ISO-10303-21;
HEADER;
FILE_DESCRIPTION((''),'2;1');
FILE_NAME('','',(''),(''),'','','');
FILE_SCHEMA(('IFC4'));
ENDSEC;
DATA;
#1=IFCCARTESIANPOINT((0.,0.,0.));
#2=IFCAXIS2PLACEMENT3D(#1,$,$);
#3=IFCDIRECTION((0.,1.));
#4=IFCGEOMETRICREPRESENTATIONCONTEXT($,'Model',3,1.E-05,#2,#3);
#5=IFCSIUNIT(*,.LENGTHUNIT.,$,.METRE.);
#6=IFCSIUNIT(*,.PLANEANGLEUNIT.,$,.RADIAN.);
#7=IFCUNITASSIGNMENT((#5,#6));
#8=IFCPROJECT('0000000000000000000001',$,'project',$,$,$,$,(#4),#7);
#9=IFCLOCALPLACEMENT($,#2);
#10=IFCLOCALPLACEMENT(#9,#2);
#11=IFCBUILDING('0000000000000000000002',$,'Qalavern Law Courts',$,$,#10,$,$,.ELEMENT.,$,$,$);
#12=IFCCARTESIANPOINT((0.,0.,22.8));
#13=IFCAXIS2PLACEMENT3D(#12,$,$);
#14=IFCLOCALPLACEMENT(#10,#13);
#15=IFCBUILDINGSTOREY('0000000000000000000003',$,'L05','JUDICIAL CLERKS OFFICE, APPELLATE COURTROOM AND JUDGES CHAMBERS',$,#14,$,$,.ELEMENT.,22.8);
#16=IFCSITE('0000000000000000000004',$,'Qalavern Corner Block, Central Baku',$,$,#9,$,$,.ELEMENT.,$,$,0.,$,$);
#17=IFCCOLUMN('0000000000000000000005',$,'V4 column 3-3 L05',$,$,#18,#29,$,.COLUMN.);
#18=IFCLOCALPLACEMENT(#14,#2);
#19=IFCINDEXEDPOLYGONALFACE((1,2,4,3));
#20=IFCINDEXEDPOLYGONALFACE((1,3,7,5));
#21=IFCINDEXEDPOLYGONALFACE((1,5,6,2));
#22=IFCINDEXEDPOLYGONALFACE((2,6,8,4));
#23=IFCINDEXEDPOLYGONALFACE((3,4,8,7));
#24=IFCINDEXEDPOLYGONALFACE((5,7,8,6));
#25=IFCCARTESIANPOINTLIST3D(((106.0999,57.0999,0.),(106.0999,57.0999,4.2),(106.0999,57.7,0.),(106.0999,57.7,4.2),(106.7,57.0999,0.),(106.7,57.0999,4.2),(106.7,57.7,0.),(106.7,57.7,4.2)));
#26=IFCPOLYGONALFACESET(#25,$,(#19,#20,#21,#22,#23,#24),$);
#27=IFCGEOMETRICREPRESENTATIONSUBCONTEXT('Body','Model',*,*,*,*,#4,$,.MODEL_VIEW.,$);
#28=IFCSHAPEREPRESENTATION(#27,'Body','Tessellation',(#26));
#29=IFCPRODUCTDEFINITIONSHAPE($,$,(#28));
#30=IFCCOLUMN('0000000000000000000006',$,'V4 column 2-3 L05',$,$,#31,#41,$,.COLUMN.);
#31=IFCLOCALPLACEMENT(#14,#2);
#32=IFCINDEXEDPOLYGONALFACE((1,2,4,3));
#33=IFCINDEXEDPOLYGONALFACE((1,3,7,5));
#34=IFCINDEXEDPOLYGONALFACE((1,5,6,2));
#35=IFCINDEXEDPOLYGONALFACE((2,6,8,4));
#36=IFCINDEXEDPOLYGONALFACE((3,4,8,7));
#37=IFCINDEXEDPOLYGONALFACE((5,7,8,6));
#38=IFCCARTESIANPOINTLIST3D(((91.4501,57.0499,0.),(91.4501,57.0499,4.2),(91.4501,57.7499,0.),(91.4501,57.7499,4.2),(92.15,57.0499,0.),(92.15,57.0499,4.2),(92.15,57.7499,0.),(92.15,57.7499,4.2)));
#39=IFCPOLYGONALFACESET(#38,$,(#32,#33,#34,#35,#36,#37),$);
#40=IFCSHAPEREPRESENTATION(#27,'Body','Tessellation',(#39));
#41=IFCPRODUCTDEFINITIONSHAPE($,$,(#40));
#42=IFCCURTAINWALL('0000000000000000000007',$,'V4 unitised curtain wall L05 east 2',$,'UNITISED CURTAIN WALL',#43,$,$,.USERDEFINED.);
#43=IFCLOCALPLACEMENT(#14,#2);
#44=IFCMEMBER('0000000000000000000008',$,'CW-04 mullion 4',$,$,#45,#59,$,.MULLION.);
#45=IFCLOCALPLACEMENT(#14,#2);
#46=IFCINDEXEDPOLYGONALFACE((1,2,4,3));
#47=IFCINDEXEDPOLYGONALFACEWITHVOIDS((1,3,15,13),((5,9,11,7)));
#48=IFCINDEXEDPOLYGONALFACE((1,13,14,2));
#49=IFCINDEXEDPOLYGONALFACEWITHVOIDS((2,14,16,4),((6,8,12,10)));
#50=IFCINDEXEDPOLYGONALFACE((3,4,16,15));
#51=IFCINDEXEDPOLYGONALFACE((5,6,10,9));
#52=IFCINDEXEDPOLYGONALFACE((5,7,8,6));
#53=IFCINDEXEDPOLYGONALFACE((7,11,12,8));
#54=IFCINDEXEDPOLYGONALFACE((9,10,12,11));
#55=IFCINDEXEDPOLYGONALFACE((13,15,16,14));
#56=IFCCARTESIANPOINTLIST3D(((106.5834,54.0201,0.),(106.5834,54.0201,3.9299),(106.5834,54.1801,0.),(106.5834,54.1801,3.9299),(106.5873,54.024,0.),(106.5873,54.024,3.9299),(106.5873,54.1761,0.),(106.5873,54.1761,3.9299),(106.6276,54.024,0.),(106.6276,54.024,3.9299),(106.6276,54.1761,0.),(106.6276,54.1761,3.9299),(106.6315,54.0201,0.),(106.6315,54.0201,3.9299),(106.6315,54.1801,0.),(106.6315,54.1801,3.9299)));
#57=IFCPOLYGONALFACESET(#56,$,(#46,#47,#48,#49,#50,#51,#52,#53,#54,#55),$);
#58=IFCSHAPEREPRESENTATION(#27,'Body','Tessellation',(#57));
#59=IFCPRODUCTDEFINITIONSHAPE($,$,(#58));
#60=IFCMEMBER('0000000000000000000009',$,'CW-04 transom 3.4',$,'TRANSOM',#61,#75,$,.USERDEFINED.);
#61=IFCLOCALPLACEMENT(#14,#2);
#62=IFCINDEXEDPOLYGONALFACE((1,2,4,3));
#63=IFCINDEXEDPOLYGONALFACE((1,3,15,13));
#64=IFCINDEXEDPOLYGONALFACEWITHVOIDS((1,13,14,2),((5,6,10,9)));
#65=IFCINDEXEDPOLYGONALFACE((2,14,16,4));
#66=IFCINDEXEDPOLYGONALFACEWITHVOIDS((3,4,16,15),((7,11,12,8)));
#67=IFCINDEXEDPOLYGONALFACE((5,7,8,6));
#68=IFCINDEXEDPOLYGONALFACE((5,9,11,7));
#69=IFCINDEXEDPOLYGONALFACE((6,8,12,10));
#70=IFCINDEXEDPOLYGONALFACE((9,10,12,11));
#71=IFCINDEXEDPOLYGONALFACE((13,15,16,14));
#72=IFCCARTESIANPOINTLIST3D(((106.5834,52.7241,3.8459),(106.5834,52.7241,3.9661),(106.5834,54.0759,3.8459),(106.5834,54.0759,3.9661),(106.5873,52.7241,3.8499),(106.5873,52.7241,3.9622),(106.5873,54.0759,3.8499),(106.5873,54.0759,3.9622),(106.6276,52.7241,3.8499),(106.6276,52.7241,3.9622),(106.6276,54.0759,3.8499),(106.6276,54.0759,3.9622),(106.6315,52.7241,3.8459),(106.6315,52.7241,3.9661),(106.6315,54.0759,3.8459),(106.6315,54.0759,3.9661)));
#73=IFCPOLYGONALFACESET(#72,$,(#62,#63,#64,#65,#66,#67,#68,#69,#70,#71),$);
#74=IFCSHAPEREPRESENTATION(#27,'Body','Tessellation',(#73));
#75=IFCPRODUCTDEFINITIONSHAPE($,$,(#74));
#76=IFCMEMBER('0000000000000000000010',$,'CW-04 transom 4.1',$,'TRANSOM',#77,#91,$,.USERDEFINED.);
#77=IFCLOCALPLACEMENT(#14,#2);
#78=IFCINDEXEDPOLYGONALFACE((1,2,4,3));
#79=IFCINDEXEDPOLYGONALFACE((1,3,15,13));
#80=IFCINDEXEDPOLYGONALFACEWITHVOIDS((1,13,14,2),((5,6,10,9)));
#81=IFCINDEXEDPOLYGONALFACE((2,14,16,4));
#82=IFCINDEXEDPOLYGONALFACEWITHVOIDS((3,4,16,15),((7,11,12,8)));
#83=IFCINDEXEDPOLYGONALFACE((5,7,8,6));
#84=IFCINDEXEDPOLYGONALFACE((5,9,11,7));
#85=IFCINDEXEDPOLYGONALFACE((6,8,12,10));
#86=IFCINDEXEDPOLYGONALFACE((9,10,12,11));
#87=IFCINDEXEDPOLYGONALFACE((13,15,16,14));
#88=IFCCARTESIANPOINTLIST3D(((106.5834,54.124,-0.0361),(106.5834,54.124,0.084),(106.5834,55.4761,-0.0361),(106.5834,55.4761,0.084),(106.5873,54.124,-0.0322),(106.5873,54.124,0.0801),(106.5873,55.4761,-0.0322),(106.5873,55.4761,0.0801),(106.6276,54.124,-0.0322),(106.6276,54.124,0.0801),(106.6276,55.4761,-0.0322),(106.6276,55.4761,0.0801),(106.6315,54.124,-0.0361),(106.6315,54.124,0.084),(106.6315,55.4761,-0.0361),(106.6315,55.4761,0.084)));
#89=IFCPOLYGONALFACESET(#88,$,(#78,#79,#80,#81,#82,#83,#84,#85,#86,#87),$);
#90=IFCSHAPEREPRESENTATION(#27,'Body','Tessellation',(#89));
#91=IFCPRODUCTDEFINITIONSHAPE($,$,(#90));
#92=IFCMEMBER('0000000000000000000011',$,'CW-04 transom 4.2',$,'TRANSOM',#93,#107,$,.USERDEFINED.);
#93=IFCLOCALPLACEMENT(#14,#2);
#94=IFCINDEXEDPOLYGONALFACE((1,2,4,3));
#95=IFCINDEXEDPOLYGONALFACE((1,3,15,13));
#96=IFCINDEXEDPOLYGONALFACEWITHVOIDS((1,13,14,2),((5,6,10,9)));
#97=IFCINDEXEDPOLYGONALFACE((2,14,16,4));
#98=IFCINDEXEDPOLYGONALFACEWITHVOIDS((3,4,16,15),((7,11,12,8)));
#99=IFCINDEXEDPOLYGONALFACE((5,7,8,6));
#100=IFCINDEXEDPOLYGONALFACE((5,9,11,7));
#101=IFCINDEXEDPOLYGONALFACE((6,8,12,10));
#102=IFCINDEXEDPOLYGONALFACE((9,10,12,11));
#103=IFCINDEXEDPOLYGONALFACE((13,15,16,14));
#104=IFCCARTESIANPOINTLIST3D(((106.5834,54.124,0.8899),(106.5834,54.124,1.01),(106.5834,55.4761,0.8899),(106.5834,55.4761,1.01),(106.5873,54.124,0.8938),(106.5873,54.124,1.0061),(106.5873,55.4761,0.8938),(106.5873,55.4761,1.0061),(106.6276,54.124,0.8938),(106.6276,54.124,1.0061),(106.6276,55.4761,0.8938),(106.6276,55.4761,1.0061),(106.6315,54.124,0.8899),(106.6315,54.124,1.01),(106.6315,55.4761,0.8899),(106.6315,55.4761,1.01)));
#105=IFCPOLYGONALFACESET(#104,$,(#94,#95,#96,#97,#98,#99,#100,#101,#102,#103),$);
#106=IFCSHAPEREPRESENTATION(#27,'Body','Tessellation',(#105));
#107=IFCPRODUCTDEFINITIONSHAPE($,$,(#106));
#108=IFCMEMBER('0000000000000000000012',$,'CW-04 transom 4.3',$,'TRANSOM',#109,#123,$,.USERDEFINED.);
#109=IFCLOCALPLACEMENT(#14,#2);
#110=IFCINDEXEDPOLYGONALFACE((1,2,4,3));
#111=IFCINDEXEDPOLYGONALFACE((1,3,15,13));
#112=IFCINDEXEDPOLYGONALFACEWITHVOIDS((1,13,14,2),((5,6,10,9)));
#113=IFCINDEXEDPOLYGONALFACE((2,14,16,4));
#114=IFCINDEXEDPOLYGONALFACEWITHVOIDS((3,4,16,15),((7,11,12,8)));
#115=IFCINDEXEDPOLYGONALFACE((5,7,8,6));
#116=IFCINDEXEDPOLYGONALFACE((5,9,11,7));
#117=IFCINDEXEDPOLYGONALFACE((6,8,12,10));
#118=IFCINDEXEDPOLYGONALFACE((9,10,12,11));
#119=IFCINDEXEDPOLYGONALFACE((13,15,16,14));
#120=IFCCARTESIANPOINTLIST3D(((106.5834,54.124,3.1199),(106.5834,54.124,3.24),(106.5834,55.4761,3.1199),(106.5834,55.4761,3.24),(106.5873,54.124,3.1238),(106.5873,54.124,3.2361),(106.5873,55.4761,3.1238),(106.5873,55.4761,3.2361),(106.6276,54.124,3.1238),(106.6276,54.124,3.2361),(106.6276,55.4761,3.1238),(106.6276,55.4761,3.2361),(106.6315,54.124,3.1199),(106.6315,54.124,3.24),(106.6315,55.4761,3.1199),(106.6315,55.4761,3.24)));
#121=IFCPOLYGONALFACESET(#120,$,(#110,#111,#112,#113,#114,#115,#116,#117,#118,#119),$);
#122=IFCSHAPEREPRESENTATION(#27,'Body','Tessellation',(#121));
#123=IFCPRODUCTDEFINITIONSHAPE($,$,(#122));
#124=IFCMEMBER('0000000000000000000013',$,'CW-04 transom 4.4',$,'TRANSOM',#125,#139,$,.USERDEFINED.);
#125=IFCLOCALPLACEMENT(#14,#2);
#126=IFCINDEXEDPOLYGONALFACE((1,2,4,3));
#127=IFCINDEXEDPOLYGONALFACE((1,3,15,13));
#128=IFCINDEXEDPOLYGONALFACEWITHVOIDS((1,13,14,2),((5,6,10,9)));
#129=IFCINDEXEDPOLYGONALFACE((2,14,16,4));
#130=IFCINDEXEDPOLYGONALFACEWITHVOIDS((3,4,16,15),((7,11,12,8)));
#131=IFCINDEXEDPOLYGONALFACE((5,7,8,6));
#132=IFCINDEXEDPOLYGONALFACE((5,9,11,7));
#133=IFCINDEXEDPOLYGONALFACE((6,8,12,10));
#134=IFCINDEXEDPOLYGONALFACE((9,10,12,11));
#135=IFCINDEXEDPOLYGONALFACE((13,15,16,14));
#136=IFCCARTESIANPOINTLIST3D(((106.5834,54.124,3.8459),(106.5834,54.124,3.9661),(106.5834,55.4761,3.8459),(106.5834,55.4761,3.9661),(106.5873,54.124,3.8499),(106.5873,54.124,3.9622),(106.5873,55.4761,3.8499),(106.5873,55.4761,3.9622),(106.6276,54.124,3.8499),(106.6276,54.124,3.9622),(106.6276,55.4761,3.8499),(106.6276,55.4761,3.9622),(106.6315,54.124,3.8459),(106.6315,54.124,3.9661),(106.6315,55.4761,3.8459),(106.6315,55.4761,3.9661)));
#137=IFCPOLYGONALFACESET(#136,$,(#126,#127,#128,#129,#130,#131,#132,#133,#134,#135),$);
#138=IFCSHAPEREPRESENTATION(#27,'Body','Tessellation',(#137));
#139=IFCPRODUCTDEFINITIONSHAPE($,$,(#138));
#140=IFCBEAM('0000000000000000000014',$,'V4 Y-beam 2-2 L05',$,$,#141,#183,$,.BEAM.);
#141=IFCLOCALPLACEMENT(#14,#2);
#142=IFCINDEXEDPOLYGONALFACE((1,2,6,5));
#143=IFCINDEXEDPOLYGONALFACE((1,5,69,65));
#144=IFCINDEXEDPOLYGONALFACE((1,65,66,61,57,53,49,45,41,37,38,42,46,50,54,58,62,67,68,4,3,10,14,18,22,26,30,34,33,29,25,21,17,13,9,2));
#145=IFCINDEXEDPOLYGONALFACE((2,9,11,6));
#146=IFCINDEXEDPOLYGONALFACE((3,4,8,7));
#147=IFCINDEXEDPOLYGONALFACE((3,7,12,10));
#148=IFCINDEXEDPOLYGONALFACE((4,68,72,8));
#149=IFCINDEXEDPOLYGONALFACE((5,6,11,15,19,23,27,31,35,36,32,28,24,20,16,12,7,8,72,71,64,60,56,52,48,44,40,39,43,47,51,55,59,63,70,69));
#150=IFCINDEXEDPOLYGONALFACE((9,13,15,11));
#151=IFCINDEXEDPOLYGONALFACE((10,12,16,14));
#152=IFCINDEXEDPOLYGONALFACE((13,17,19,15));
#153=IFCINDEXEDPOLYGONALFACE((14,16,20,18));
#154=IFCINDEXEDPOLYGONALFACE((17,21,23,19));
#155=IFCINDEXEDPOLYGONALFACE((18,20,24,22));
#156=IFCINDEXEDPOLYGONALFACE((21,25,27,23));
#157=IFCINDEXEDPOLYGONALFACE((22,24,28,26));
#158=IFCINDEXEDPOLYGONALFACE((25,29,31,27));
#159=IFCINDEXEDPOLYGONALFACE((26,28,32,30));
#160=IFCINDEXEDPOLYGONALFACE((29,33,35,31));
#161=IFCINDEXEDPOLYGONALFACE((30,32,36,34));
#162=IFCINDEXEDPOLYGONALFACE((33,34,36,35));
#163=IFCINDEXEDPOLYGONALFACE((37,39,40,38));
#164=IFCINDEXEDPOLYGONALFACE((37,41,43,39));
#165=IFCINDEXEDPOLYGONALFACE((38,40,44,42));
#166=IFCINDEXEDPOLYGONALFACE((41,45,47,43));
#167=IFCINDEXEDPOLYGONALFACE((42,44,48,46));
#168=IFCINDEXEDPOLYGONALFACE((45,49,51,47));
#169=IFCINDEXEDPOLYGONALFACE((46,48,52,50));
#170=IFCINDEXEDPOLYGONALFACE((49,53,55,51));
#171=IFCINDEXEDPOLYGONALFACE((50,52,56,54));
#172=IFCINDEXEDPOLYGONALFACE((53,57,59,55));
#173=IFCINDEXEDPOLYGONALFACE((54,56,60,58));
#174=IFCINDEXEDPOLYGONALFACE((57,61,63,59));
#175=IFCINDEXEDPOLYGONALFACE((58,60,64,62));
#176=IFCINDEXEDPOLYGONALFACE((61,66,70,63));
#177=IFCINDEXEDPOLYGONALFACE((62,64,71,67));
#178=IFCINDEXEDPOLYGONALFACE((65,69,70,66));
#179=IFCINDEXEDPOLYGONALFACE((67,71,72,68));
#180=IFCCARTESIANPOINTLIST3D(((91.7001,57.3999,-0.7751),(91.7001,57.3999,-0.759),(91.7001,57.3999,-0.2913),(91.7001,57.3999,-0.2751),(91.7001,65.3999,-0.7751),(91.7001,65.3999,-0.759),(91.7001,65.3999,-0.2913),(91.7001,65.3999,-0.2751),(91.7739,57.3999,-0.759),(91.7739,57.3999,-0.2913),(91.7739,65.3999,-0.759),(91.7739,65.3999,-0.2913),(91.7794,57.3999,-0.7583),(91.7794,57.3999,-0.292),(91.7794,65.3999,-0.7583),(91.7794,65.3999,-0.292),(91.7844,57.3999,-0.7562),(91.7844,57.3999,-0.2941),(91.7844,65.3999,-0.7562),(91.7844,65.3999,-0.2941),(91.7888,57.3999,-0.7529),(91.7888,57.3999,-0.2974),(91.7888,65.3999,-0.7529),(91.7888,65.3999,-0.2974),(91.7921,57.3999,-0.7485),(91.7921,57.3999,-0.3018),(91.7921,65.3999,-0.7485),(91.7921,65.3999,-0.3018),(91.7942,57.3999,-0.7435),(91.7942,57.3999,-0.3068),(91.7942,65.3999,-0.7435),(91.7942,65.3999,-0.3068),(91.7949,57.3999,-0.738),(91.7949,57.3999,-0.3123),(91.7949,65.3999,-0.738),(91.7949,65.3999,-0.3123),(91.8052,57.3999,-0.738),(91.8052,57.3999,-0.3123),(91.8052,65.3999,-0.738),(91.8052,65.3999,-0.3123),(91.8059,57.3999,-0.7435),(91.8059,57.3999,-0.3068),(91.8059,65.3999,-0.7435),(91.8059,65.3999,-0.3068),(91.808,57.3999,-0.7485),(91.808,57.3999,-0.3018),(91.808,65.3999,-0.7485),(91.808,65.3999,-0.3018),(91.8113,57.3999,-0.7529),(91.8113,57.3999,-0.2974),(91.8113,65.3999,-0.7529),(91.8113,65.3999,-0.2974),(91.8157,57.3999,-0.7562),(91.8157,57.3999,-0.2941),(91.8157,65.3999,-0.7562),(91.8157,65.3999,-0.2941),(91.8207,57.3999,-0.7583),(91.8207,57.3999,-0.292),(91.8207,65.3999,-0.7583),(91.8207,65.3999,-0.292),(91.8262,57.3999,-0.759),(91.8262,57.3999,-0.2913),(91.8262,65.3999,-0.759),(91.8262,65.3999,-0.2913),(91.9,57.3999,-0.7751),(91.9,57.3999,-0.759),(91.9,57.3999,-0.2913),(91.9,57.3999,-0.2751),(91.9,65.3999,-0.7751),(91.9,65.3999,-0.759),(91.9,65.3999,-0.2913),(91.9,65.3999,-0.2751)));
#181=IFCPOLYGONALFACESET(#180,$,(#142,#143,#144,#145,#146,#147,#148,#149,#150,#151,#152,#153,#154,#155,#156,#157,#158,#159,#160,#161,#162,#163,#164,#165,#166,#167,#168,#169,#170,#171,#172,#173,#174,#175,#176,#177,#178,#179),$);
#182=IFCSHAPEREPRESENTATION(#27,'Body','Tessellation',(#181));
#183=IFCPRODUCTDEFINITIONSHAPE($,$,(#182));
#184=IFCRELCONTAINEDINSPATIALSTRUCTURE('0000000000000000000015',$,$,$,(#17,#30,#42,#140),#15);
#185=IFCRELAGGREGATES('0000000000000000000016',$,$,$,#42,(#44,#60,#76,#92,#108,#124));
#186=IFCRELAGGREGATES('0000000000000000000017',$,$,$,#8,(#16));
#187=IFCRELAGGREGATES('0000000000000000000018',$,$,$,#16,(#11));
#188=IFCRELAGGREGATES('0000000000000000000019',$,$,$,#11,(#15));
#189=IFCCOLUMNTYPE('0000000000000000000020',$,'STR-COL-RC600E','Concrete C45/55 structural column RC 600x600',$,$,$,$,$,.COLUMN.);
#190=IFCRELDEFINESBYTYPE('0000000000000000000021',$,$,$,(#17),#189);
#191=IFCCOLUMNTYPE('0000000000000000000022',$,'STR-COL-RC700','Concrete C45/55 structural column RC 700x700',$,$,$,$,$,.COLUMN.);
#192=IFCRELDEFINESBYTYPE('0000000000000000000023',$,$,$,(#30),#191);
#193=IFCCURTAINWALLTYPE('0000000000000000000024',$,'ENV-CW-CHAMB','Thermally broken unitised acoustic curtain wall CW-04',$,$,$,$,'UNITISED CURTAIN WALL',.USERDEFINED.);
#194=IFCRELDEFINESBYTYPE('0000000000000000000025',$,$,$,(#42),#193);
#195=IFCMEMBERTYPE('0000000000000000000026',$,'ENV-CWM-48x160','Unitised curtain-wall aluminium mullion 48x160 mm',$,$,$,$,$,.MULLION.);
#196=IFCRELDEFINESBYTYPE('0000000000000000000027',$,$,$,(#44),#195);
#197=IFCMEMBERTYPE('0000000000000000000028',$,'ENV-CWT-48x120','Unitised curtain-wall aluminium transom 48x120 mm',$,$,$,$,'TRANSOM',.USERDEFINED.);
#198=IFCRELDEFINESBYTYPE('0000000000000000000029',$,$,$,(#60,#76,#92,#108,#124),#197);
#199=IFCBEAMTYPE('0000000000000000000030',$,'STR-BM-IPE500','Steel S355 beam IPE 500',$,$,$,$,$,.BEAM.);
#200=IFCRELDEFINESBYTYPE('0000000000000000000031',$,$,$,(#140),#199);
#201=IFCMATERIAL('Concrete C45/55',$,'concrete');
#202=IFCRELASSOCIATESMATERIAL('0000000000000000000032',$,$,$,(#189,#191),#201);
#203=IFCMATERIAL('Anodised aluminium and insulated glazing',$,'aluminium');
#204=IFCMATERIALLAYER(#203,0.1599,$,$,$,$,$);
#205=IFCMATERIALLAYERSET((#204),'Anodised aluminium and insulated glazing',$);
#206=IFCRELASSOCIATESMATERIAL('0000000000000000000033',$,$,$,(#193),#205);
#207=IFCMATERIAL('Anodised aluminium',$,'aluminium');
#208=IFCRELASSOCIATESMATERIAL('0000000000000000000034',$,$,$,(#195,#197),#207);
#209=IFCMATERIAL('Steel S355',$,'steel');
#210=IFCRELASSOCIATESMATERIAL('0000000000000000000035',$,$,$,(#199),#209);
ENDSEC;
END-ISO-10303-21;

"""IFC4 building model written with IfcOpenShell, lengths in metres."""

from ifc_helpers import new_model, si_unit, direction, frame, origin, origin_2d, place, context, subcontext, project, spatial, rectangle, hollow_rectangle, i_section, extrude, material, layer, layer_set, material_profile, profile_set, type_object, element, aggregate, save


model = new_model("IFC4")

# Units and contexts
model_context = context("Model", 3, precision=1e-05, world=origin(), true_north=direction((0.0, 1.0)))
body_context = subcontext(model_context, "Body", "Model", "MODEL_VIEW")
ifc_project = project(units=[si_unit("LENGTHUNIT", "METRE"), si_unit("PLANEANGLEUNIT", "RADIAN")], contexts=[model_context])

# Site, building, storey
site_placement = place(None, origin())
site = spatial("IfcSite", under=ifc_project, at=site_placement, Name="Qalavern Corner Block, Central Baku", CompositionType="ELEMENT", RefElevation=0.0)
building_placement = place(site_placement, origin())
building = spatial("IfcBuilding", under=site, at=building_placement, Name="Qalavern Law Courts", CompositionType="ELEMENT")
storey_placement = place(building_placement, frame((0.0, 0.0, 22.8)))
storey = spatial("IfcBuildingStorey", under=building, at=storey_placement, Name="L05", Description="JUDICIAL CLERKS OFFICE, APPELLATE COURTROOM AND JUDGES CHAMBERS", CompositionType="ELEMENT", Elevation=22.8)

# Columns
ifc_material_1 = material(Name="Concrete C45/55", Category="concrete")
ifc_material_profile_1 = material_profile(ifc_material_1, rectangle(XDim=0.6001, YDim=0.6001, at=origin_2d()), Name="RC 600x600")
ifc_profile_set_1 = profile_set([ifc_material_profile_1], Name="Concrete C45/55")
column_type_1 = type_object("IfcColumnType", Name="STR-COL-RC600E", Description="Concrete C45/55 structural column RC 600x600", PredefinedType="COLUMN", material=ifc_profile_set_1)
column_1_placement = place(storey_placement, frame((106.3999, 57.3999, 0.0), z_axis=(0.0, 0.0, 1.0), x_axis=(1.0, 0.0, 0.0)))
element("IfcColumn", 1, at=column_1_placement, inside=storey, type_object=column_type_1, Name="V4 column 3-3 L05", PredefinedType="COLUMN", context=body_context, shape_type="SweptSolid", body=[
    extrude(rectangle(XDim=0.6001, YDim=0.6001, at=origin_2d()), origin(), (0.0, 0.0, 1.0), 4.2),
])
ifc_material_profile_2 = material_profile(ifc_material_1, rectangle(XDim=0.7, YDim=0.7, at=origin_2d()), Name="RC 700x700")
ifc_profile_set_2 = profile_set([ifc_material_profile_2], Name="Concrete C45/55")
column_type_2 = type_object("IfcColumnType", Name="STR-COL-RC700", Description="Concrete C45/55 structural column RC 700x700", PredefinedType="COLUMN", material=ifc_profile_set_2)
column_2_placement = place(storey_placement, frame((91.8, 57.3999, 0.0), z_axis=(0.0, 0.0, 1.0), x_axis=(1.0, 0.0, 0.0)))
element("IfcColumn", 2, at=column_2_placement, inside=storey, type_object=column_type_2, Name="V4 column 2-3 L05", PredefinedType="COLUMN", context=body_context, shape_type="SweptSolid", body=[
    extrude(rectangle(XDim=0.7, YDim=0.7, at=origin_2d()), origin(), (0.0, 0.0, 1.0), 4.2),
])

# Curtain wall, members
ifc_material_2 = material(Name="Anodised aluminium and insulated glazing", Category="aluminium")
ifc_layer_1 = layer(ifc_material_2, 0.1599)
ifc_layer_set_1 = layer_set([ifc_layer_1], Name="Anodised aluminium and insulated glazing")
curtain_wall_type = type_object("IfcCurtainWallType", Name="ENV-CW-CHAMB", Description="Thermally broken unitised acoustic curtain wall CW-04", ElementType="UNITISED CURTAIN WALL", PredefinedType="USERDEFINED", material=ifc_layer_set_1)
curtain_wall_placement = place(storey_placement, origin())
curtain_wall = element("IfcCurtainWall", 3, at=curtain_wall_placement, inside=storey, type_object=curtain_wall_type, Name="V4 unitised curtain wall L05 east 2", ObjectType="UNITISED CURTAIN WALL", PredefinedType="USERDEFINED")
ifc_material_3 = material(Name="Anodised aluminium", Category="aluminium")
ifc_material_profile_3 = material_profile(ifc_material_3, hollow_rectangle(XDim=0.0481, YDim=0.1599, WallThickness=0.0039, at=origin_2d()), Name="ALU MULLION 48x160")
ifc_profile_set_3 = profile_set([ifc_material_profile_3], Name="Anodised aluminium")
member_type_1 = type_object("IfcMemberType", Name="ENV-CWM-48x160", Description="Unitised curtain-wall aluminium mullion 48x160 mm", PredefinedType="MULLION", material=ifc_profile_set_3)
member_1_placement = place(storey_placement, frame((106.6074, 54.1001, 0.0), z_axis=(0.0, 0.0, 1.0), x_axis=(-1.0, 0.0, 0.0)))
member_1 = element("IfcMember", 4, at=member_1_placement, type_object=member_type_1, Name="CW-04 mullion 4", PredefinedType="MULLION", context=body_context, shape_type="SweptSolid", body=[
    extrude(hollow_rectangle(XDim=0.0481, YDim=0.1599, WallThickness=0.0039, at=origin_2d()), origin(), (0.0, 0.0, 1.0), 3.9299),
])
ifc_material_profile_4 = material_profile(ifc_material_3, hollow_rectangle(XDim=0.0481, YDim=0.1201, WallThickness=0.0039, at=origin_2d()), Name="ALU TRANSOM 48x120")
ifc_profile_set_4 = profile_set([ifc_material_profile_4], Name="Anodised aluminium")
member_type_2 = type_object("IfcMemberType", Name="ENV-CWT-48x120", Description="Unitised curtain-wall aluminium transom 48x120 mm", ElementType="TRANSOM", PredefinedType="USERDEFINED", material=ifc_profile_set_4)
member_2_placement = place(storey_placement, frame((106.6074, 52.7241, 3.906), z_axis=(0.0, 1.0, 0.0), x_axis=(-1.0, 0.0, 0.0)))
member_2 = element("IfcMember", 5, at=member_2_placement, type_object=member_type_2, Name="CW-04 transom 3.4", ObjectType="TRANSOM", PredefinedType="USERDEFINED", context=body_context, shape_type="SweptSolid", body=[
    extrude(hollow_rectangle(XDim=0.0481, YDim=0.1201, WallThickness=0.0039, at=origin_2d()), origin(), (0.0, 0.0, 1.0), 1.3518),
])
member_3_placement = place(storey_placement, frame((106.6074, 54.124, 0.0239), z_axis=(0.0, 1.0, 0.0), x_axis=(-1.0, 0.0, 0.0)))
member_3 = element("IfcMember", 6, at=member_3_placement, type_object=member_type_2, Name="CW-04 transom 4.1", ObjectType="TRANSOM", PredefinedType="USERDEFINED", context=body_context, shape_type="SweptSolid", body=[
    extrude(hollow_rectangle(XDim=0.0481, YDim=0.1201, WallThickness=0.0039, at=origin_2d()), origin(), (0.0, 0.0, 1.0), 1.3521),
])
member_4_placement = place(storey_placement, frame((106.6074, 54.124, 0.95), z_axis=(0.0, 1.0, 0.0), x_axis=(-1.0, 0.0, 0.0)))
member_4 = element("IfcMember", 7, at=member_4_placement, type_object=member_type_2, Name="CW-04 transom 4.2", ObjectType="TRANSOM", PredefinedType="USERDEFINED", context=body_context, shape_type="SweptSolid", body=[
    extrude(hollow_rectangle(XDim=0.0481, YDim=0.1201, WallThickness=0.0039, at=origin_2d()), origin(), (0.0, 0.0, 1.0), 1.3521),
])
member_5_placement = place(storey_placement, frame((106.6074, 54.124, 3.1799), z_axis=(0.0, 1.0, 0.0), x_axis=(-1.0, 0.0, 0.0)))
member_5 = element("IfcMember", 8, at=member_5_placement, type_object=member_type_2, Name="CW-04 transom 4.3", ObjectType="TRANSOM", PredefinedType="USERDEFINED", context=body_context, shape_type="SweptSolid", body=[
    extrude(hollow_rectangle(XDim=0.0481, YDim=0.1201, WallThickness=0.0039, at=origin_2d()), origin(), (0.0, 0.0, 1.0), 1.3521),
])
member_6_placement = place(storey_placement, frame((106.6074, 54.124, 3.906), z_axis=(0.0, 1.0, 0.0), x_axis=(-1.0, 0.0, 0.0)))
member_6 = element("IfcMember", 9, at=member_6_placement, type_object=member_type_2, Name="CW-04 transom 4.4", ObjectType="TRANSOM", PredefinedType="USERDEFINED", context=body_context, shape_type="SweptSolid", body=[
    extrude(hollow_rectangle(XDim=0.0481, YDim=0.1201, WallThickness=0.0039, at=origin_2d()), origin(), (0.0, 0.0, 1.0), 1.3521),
])

# Beam
ifc_material_4 = material(Name="Steel S355", Category="steel")
ifc_material_profile_5 = material_profile(ifc_material_4, i_section(OverallWidth=0.2, OverallDepth=0.5, WebThickness=0.0103, FlangeThickness=0.0161, FilletRadius=0.021, at=origin_2d()), Name="IPE 500")
ifc_profile_set_5 = profile_set([ifc_material_profile_5], Name="Steel S355")
beam_type_1 = type_object("IfcBeamType", Name="STR-BM-IPE500", Description="Steel S355 beam IPE 500", PredefinedType="BEAM", material=ifc_profile_set_5)
beam_1_placement = place(storey_placement, frame((91.8, 57.3999, -0.5251), z_axis=(0.0, 1.0, 0.0), x_axis=(-1.0, 0.0, 0.0)))
element("IfcBeam", 10, at=beam_1_placement, inside=storey, type_object=beam_type_1, Name="V4 Y-beam 2-2 L05", PredefinedType="BEAM", context=body_context, shape_type="SweptSolid", body=[
    extrude(i_section(OverallWidth=0.2, OverallDepth=0.5, WebThickness=0.0103, FlangeThickness=0.0161, FilletRadius=0.021, at=origin_2d()), origin(), (0.0, 0.0, 1.0), 8.0),
])

aggregate(curtain_wall, [member_1, member_2, member_3, member_4, member_5, member_6])

save(model, "model.ifc")
